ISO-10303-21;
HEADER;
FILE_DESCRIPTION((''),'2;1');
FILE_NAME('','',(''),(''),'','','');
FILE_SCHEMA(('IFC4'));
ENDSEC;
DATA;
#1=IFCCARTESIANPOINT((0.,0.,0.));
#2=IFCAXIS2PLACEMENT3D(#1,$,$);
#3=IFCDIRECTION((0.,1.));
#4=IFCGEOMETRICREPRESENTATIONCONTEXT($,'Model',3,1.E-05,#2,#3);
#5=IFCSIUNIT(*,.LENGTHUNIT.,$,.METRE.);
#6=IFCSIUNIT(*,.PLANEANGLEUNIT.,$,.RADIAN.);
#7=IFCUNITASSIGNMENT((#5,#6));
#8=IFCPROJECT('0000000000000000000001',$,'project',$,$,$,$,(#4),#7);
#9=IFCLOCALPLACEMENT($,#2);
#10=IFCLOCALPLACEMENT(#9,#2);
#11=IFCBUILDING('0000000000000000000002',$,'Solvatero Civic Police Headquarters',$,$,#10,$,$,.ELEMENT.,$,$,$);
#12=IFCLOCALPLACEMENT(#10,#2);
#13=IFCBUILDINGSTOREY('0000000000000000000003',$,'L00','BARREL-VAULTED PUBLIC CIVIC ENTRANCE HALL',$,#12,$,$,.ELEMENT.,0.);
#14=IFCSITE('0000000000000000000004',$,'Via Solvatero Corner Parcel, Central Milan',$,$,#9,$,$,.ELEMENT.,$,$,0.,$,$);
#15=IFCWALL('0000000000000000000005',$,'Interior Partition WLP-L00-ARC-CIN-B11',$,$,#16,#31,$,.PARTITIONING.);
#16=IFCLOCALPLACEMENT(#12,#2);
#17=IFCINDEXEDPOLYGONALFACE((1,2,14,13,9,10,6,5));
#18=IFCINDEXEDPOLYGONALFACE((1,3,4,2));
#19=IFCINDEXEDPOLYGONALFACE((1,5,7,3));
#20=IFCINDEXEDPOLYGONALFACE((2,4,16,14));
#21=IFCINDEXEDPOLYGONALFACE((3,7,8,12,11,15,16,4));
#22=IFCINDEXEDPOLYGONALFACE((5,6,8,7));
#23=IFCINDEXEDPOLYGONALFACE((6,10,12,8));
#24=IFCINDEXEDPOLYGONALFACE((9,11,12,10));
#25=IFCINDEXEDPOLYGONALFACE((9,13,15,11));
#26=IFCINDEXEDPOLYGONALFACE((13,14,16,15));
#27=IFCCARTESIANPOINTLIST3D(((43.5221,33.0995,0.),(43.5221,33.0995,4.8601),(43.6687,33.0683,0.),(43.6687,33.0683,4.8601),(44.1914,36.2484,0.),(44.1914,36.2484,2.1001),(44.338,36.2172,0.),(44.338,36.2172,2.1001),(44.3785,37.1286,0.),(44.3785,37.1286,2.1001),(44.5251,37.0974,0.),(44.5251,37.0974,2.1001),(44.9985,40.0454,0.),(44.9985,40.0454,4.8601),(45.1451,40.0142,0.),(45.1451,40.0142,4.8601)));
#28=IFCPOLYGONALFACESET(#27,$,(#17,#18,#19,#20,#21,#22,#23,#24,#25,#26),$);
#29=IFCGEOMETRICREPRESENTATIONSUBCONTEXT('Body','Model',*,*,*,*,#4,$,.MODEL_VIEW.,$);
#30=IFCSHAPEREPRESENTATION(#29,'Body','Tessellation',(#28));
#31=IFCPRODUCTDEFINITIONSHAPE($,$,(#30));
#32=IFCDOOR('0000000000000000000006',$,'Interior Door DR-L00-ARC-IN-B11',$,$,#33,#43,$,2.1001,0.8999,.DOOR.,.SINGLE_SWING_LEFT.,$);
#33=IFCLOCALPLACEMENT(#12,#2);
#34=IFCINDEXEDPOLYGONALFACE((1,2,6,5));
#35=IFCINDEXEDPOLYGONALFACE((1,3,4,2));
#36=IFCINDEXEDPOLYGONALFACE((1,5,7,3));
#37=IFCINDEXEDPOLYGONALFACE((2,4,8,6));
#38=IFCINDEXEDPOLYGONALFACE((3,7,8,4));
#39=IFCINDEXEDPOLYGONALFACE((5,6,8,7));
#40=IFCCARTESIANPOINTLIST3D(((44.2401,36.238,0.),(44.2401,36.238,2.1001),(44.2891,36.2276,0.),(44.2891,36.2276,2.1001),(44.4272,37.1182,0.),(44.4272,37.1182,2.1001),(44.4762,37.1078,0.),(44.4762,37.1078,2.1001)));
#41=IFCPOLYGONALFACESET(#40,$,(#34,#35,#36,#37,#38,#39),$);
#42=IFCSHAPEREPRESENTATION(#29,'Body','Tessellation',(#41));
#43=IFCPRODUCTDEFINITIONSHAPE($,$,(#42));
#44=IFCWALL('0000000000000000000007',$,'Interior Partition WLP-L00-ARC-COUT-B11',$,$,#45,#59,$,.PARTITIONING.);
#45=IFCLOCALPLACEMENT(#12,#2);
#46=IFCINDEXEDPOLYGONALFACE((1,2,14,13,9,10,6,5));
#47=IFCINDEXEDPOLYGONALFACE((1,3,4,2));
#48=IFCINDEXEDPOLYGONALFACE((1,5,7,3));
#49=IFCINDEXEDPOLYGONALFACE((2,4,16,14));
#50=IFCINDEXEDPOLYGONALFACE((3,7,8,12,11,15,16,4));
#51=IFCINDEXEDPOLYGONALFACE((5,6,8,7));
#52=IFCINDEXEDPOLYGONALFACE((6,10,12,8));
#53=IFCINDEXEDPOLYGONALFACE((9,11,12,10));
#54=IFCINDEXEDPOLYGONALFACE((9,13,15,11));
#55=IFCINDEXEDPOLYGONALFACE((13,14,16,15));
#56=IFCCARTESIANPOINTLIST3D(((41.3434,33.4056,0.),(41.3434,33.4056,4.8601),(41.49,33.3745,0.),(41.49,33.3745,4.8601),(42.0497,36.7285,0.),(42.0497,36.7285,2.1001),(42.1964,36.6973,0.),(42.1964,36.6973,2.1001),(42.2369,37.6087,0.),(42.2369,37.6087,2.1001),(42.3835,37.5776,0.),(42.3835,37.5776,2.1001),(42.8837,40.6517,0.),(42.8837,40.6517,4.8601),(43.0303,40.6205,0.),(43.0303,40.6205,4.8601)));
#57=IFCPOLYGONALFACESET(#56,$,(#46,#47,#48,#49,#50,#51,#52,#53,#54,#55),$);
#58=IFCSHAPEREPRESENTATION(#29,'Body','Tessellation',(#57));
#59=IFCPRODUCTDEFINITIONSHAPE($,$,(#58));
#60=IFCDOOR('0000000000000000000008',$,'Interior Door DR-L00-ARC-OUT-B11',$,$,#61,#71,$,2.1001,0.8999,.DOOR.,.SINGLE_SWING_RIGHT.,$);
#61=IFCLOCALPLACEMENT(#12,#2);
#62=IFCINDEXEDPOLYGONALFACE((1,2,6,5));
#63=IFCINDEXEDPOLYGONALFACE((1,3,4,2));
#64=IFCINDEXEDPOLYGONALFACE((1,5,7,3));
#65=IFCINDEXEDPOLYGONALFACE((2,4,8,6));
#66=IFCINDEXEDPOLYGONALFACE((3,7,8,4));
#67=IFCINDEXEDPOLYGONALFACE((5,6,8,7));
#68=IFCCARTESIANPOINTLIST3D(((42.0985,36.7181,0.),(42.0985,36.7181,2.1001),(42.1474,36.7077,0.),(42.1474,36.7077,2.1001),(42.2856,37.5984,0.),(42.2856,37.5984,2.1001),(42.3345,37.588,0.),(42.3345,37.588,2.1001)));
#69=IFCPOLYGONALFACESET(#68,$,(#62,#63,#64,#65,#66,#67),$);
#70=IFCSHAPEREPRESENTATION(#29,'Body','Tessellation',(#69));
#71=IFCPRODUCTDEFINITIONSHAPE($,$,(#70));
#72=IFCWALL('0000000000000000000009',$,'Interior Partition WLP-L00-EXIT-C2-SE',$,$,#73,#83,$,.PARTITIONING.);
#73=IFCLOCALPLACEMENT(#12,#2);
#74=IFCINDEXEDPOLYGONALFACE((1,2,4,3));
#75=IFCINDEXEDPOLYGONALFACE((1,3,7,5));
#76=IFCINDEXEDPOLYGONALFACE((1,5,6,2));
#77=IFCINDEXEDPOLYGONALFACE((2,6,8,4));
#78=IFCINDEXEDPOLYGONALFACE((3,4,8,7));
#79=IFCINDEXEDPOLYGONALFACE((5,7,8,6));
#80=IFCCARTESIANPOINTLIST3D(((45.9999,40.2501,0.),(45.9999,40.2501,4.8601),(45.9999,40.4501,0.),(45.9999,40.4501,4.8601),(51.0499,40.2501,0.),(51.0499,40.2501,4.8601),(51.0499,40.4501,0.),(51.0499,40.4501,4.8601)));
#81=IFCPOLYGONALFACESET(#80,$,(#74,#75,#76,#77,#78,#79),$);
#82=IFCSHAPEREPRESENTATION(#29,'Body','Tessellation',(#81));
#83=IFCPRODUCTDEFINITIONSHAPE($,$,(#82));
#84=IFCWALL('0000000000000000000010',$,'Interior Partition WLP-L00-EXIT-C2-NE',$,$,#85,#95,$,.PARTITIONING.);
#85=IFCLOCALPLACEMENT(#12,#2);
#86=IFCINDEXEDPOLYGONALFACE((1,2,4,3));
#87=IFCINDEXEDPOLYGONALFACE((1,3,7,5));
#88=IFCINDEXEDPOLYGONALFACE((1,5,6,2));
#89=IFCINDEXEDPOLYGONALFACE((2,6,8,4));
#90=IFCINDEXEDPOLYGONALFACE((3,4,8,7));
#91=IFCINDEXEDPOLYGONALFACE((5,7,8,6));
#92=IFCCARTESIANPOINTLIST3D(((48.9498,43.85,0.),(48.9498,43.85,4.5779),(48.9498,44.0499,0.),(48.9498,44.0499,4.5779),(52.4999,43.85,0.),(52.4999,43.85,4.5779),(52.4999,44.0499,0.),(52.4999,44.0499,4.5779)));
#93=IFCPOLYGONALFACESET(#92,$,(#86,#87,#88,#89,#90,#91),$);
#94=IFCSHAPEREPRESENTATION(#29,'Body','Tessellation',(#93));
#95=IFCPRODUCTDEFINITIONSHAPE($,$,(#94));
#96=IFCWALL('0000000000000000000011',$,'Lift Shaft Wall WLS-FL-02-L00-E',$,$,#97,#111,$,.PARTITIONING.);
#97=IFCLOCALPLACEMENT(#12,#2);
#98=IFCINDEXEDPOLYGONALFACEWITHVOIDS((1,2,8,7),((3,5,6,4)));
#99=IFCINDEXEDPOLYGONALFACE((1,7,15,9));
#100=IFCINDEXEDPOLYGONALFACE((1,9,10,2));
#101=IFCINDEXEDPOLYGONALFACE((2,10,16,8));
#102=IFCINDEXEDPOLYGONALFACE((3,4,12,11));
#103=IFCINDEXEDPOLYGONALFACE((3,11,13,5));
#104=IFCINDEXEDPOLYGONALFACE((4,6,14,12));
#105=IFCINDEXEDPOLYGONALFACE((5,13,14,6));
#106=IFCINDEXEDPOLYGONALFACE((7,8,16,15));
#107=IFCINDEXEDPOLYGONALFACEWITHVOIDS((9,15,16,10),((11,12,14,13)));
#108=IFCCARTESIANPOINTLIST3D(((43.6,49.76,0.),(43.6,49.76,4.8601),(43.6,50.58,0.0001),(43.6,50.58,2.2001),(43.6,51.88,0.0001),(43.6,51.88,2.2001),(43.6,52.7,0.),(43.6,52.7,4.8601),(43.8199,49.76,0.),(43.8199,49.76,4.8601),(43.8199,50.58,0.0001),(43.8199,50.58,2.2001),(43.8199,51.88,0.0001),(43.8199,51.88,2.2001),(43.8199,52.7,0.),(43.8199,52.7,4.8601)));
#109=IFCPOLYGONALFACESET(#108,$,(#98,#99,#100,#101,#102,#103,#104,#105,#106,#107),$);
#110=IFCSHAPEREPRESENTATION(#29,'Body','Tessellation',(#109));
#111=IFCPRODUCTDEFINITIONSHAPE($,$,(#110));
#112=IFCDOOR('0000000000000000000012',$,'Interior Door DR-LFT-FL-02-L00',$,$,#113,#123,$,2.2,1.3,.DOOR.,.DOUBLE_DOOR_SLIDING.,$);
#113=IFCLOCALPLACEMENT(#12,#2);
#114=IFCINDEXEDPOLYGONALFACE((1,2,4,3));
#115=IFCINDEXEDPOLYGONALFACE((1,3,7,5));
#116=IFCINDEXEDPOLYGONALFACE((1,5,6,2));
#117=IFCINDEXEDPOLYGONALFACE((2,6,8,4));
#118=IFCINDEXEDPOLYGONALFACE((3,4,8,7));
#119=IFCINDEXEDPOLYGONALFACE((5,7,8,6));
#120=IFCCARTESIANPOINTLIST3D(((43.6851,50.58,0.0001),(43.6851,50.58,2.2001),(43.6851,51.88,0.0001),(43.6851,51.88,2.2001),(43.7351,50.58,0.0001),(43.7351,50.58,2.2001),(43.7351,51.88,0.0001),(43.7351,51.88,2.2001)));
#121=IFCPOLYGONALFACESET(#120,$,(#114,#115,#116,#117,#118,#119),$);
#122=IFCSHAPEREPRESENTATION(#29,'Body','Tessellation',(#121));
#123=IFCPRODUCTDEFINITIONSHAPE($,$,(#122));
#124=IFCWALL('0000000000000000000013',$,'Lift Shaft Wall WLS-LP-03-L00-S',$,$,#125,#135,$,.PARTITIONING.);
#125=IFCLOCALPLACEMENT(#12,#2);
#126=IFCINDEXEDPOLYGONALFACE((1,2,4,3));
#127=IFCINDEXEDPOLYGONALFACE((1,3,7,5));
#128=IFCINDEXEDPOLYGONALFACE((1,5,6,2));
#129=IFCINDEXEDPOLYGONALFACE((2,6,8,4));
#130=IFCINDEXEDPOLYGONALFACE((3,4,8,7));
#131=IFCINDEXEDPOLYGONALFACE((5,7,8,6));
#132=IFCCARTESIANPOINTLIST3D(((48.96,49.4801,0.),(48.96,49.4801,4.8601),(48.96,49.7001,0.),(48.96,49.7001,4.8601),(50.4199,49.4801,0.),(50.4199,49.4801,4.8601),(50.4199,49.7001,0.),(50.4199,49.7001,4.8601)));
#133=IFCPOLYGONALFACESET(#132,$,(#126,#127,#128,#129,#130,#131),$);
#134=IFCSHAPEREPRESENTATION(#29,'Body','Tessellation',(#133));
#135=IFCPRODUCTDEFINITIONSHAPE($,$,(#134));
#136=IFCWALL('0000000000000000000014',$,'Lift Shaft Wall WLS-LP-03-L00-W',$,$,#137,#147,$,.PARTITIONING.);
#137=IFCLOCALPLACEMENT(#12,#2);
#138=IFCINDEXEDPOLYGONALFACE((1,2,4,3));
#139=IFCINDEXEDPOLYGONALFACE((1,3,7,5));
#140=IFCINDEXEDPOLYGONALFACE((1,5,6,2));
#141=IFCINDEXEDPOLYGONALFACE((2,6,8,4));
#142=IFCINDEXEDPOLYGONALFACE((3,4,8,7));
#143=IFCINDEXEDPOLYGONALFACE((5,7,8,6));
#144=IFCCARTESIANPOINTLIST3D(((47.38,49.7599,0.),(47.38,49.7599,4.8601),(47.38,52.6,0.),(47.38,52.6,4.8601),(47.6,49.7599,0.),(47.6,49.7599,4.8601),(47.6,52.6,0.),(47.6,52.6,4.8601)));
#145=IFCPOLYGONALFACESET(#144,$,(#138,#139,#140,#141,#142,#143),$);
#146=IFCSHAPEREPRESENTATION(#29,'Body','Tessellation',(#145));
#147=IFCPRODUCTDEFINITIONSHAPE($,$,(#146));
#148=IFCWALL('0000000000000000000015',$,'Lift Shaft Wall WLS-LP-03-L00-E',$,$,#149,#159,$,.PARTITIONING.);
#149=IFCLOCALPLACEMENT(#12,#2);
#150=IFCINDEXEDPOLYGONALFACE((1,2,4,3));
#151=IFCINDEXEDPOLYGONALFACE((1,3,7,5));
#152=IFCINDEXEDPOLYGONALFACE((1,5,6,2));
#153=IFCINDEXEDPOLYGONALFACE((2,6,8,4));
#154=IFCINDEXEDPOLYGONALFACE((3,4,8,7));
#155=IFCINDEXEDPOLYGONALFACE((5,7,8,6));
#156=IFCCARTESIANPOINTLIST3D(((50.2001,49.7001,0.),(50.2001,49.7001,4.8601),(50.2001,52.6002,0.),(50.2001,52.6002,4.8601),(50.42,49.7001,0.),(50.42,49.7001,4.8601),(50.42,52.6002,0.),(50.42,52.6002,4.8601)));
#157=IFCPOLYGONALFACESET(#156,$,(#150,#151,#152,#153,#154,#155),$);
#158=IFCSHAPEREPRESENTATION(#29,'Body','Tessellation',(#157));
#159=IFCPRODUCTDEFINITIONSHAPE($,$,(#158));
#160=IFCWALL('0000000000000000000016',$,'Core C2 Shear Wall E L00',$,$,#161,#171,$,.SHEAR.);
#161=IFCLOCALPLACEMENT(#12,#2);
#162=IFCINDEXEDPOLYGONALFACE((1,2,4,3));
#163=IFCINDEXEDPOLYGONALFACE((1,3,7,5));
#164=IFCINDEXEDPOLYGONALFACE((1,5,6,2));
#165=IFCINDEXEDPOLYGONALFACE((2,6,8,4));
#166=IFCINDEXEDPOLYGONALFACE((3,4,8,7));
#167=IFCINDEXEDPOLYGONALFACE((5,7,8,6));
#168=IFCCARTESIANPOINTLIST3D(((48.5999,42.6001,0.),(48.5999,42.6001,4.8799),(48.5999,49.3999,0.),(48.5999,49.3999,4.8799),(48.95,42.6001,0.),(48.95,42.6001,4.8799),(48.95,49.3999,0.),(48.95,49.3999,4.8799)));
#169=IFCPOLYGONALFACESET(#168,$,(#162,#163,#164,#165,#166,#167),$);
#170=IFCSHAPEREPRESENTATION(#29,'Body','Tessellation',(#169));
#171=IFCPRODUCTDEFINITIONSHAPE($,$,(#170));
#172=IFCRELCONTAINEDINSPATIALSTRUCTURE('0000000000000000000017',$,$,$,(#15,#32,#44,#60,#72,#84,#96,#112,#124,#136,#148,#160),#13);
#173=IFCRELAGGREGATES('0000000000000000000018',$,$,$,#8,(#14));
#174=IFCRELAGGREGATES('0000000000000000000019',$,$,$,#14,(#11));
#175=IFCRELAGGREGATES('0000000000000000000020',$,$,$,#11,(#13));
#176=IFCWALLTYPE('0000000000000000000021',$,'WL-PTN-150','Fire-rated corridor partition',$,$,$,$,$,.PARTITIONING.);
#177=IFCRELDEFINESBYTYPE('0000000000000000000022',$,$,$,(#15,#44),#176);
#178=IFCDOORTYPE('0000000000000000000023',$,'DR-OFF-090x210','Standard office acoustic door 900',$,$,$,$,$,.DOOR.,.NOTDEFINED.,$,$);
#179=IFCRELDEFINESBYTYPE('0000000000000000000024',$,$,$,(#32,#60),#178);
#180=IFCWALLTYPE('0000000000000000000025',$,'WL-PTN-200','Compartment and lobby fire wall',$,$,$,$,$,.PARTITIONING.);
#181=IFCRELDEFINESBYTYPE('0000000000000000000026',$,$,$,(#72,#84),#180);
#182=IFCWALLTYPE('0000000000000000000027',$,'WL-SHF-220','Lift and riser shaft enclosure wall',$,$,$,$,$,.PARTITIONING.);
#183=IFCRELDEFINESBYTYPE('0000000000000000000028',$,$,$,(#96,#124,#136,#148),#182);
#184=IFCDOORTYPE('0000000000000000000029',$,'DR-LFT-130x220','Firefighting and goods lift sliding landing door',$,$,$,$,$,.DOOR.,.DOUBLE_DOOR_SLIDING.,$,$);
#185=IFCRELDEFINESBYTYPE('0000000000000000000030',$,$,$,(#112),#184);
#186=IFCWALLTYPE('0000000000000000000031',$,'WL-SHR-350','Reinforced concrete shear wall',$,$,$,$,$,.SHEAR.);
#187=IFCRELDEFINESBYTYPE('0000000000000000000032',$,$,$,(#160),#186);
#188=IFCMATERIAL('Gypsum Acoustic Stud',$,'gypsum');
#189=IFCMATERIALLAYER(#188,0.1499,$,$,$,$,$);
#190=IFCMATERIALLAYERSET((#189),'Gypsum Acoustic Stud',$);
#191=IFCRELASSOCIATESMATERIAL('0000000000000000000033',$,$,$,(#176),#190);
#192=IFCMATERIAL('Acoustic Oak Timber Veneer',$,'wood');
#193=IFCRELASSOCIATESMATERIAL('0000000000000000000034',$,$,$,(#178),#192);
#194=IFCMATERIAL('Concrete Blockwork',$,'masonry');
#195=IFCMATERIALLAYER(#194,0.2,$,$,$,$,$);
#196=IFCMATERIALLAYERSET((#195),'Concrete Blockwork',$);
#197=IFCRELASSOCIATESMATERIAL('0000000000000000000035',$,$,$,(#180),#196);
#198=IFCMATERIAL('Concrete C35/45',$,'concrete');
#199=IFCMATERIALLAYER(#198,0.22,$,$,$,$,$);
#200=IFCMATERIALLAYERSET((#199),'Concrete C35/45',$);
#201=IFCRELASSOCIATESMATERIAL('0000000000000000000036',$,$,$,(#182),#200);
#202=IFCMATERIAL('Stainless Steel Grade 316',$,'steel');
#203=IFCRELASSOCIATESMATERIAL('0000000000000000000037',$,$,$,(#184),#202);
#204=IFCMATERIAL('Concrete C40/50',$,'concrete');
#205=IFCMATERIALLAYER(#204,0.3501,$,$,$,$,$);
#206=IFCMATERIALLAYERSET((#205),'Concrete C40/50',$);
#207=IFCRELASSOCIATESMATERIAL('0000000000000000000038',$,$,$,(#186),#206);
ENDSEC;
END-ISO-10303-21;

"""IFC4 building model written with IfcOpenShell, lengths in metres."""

from ifc_helpers import new_model, si_unit, direction, frame, frame_2d, origin, place, context, subcontext, project, spatial, rectangle, extrude, material, layer, layer_set, type_object, element, fill, save


model = new_model("IFC4")

# Units and contexts
model_context = context("Model", 3, precision=1e-05, world=origin(), true_north=direction((0.0, 1.0)))
body_context = subcontext(model_context, "Body", "Model", "MODEL_VIEW")
ifc_project = project(units=[si_unit("LENGTHUNIT", "METRE"), si_unit("PLANEANGLEUNIT", "RADIAN")], contexts=[model_context])

# Site, building, storey
site_placement = place(None, origin())
site = spatial("IfcSite", under=ifc_project, at=site_placement, Name="Via Solvatero Corner Parcel, Central Milan", CompositionType="ELEMENT", RefElevation=0.0)
building_placement = place(site_placement, origin())
building = spatial("IfcBuilding", under=site, at=building_placement, Name="Solvatero Civic Police Headquarters", CompositionType="ELEMENT")
storey_placement = place(building_placement, origin())
storey = spatial("IfcBuildingStorey", under=building, at=storey_placement, Name="L00", Description="BARREL-VAULTED PUBLIC CIVIC ENTRANCE HALL", CompositionType="ELEMENT", Elevation=0.0)

# Shared definitions
ifc_material_1 = material(Name="Concrete C40/50", Category="concrete")

# Walls, openings, doors
ifc_material_2 = material(Name="Gypsum Acoustic Stud", Category="gypsum")
ifc_layer_1 = layer(ifc_material_2, 0.1499)
ifc_layer_set_1 = layer_set([ifc_layer_1], Name="Gypsum Acoustic Stud")
wall_type_1 = type_object("IfcWallType", Name="WL-PTN-150", Description="Fire-rated corridor partition", PredefinedType="PARTITIONING", material=ifc_layer_set_1)
wall_1_placement = place(storey_placement, frame((45.0718, 40.0298, 0.0), z_axis=(0.0, 0.0, 1.0), x_axis=(-0.207904, -0.978149, 0.0)))
wall_1 = element("IfcWall", 1, at=wall_1_placement, inside=storey, type_object=wall_type_1, Name="Interior Partition WLP-L00-ARC-CIN-B11", PredefinedType="PARTITIONING", context=body_context, shape_type="SweptSolid", body=[
    extrude(rectangle(XDim=7.1011, YDim=0.1499, at=frame_2d((3.5505, 0.0))), origin(), (0.0, 0.0, 1.0), 4.8601),
])
opening_1_placement = place(wall_1_placement, frame((2.9819, 0.0, 0.0)))
opening_1 = element("IfcOpeningElement", 2, at=opening_1_placement, cuts=wall_1, PredefinedType="OPENING", context=body_context, shape_type="SweptSolid", body=[
    extrude(rectangle(XDim=0.8999, YDim=2.1001, at=frame_2d((0.45, 1.05))), frame((0.0, 0.085, 0.0), z_axis=(0.0, -1.0, 0.0), x_axis=(1.0, 0.0, 0.0)), (0.0, 0.0, 1.0), 0.1699),
])
ifc_material_3 = material(Name="Acoustic Oak Timber Veneer", Category="wood")
door_type_1 = type_object("IfcDoorType", Name="DR-OFF-090x210", Description="Standard office acoustic door 900", OperationType="NOTDEFINED", PredefinedType="DOOR", material=ifc_material_3)
door_1_placement = place(opening_1_placement, origin())
door_1 = element("IfcDoor", 3, at=door_1_placement, inside=storey, type_object=door_type_1, Name="Interior Door DR-L00-ARC-IN-B11", OperationType="SINGLE_SWING_LEFT", OverallHeight=2.1001, OverallWidth=0.8999, PredefinedType="DOOR", context=body_context, shape_type="SweptSolid", body=[
    extrude(rectangle(XDim=0.8999, YDim=2.1001, at=frame_2d((0.45, 1.05))), frame((0.0, 0.0249, 0.0), z_axis=(0.0, -1.0, 0.0), x_axis=(1.0, 0.0, 0.0)), (0.0, 0.0, 1.0), 0.05),
])
fill(opening_1, door_1)
wall_2_placement = place(storey_placement, frame((42.957, 40.6362, 0.0), z_axis=(0.0, 0.0, 1.0), x_axis=(-0.207922, -0.978145, 0.0)))
wall_2 = element("IfcWall", 4, at=wall_2_placement, inside=storey, type_object=wall_type_1, Name="Interior Partition WLP-L00-ARC-COUT-B11", PredefinedType="PARTITIONING", context=body_context, shape_type="SweptSolid", body=[
    extrude(rectangle(XDim=7.408, YDim=0.1499, at=frame_2d((3.7041, 0.0))), origin(), (0.0, 0.0, 1.0), 4.8601),
])
opening_2_placement = place(wall_2_placement, frame((3.1111, 0.0, 0.0)))
opening_2 = element("IfcOpeningElement", 5, at=opening_2_placement, cuts=wall_2, PredefinedType="OPENING", context=body_context, shape_type="SweptSolid", body=[
    extrude(rectangle(XDim=0.8999, YDim=2.1001, at=frame_2d((0.45, 1.05))), frame((0.0, 0.085, 0.0), z_axis=(0.0, -1.0, 0.0), x_axis=(1.0, 0.0, 0.0)), (0.0, 0.0, 1.0), 0.1699),
])
door_2_placement = place(opening_2_placement, origin())
door_2 = element("IfcDoor", 6, at=door_2_placement, inside=storey, type_object=door_type_1, Name="Interior Door DR-L00-ARC-OUT-B11", OperationType="SINGLE_SWING_RIGHT", OverallHeight=2.1001, OverallWidth=0.8999, PredefinedType="DOOR", context=body_context, shape_type="SweptSolid", body=[
    extrude(rectangle(XDim=0.8999, YDim=2.1001, at=frame_2d((0.45, 1.05))), frame((0.0, 0.0249, 0.0), z_axis=(0.0, -1.0, 0.0), x_axis=(1.0, 0.0, 0.0)), (0.0, 0.0, 1.0), 0.05),
])
fill(opening_2, door_2)

# Walls
ifc_material_4 = material(Name="Concrete Blockwork", Category="masonry")
ifc_layer_2 = layer(ifc_material_4, 0.2)
ifc_layer_set_2 = layer_set([ifc_layer_2], Name="Concrete Blockwork")
wall_type_2 = type_object("IfcWallType", Name="WL-PTN-200", Description="Compartment and lobby fire wall", PredefinedType="PARTITIONING", material=ifc_layer_set_2)
wall_3_placement = place(storey_placement, frame((46.0, 40.3501, 0.0), z_axis=(0.0, 0.0, 1.0), x_axis=(1.0, 0.0, 0.0)))
element("IfcWall", 7, at=wall_3_placement, inside=storey, type_object=wall_type_2, Name="Interior Partition WLP-L00-EXIT-C2-SE", PredefinedType="PARTITIONING", context=body_context, shape_type="SweptSolid", body=[
    extrude(rectangle(XDim=5.05, YDim=0.2, at=frame_2d((2.5249, 0.0))), origin(), (0.0, 0.0, 1.0), 4.8601),
])
wall_4_placement = place(storey_placement, frame((48.95, 43.95, 0.0), z_axis=(0.0, 0.0, 1.0), x_axis=(1.0, 0.0, 0.0)))
element("IfcWall", 8, at=wall_4_placement, inside=storey, type_object=wall_type_2, Name="Interior Partition WLP-L00-EXIT-C2-NE", PredefinedType="PARTITIONING", context=body_context, shape_type="SweptSolid", body=[
    extrude(rectangle(XDim=3.55, YDim=0.2, at=frame_2d((1.7749, 0.0))), origin(), (0.0, 0.0, 1.0), 4.5779),
])

# Wall, opening, door
ifc_material_5 = material(Name="Concrete C35/45", Category="concrete")
ifc_layer_3 = layer(ifc_material_5, 0.22)
ifc_layer_set_3 = layer_set([ifc_layer_3], Name="Concrete C35/45")
wall_type_3 = type_object("IfcWallType", Name="WL-SHF-220", Description="Lift and riser shaft enclosure wall", PredefinedType="PARTITIONING", material=ifc_layer_set_3)
wall_5_placement = place(storey_placement, frame((43.71, 49.76, 0.0), z_axis=(0.0, 0.0, 1.0), x_axis=(0.0, 1.0, 0.0)))
wall_5 = element("IfcWall", 9, at=wall_5_placement, inside=storey, type_object=wall_type_3, Name="Lift Shaft Wall WLS-FL-02-L00-E", PredefinedType="PARTITIONING", context=body_context, shape_type="SweptSolid", body=[
    extrude(rectangle(XDim=2.9399, YDim=0.22, at=frame_2d((1.47, 0.0))), origin(), (0.0, 0.0, 1.0), 4.8601),
])
opening_3_placement = place(wall_5_placement, frame((0.8201, 0.0, 0.0)))
opening_3 = element("IfcOpeningElement", 10, at=opening_3_placement, cuts=wall_5, PredefinedType="OPENING", context=body_context, shape_type="SweptSolid", body=[
    extrude(rectangle(XDim=1.3, YDim=2.2, at=frame_2d((0.6499, 1.1001))), frame((0.0, 0.1199, 0.0), z_axis=(0.0, -1.0, 0.0), x_axis=(1.0, 0.0, 0.0)), (0.0, 0.0, 1.0), 0.24),
])
ifc_material_6 = material(Name="Stainless Steel Grade 316", Category="steel")
door_type_2 = type_object("IfcDoorType", Name="DR-LFT-130x220", Description="Firefighting and goods lift sliding landing door", OperationType="DOUBLE_DOOR_SLIDING", PredefinedType="DOOR", material=ifc_material_6)
door_3_placement = place(opening_3_placement, origin())
door_3 = element("IfcDoor", 11, at=door_3_placement, inside=storey, type_object=door_type_2, Name="Interior Door DR-LFT-FL-02-L00", OperationType="DOUBLE_DOOR_SLIDING", OverallHeight=2.2, OverallWidth=1.3, PredefinedType="DOOR", context=body_context, shape_type="SweptSolid", body=[
    extrude(rectangle(XDim=1.3, YDim=2.2, at=frame_2d((0.6499, 1.1001))), frame((0.0, 0.0249, 0.0), z_axis=(0.0, -1.0, 0.0), x_axis=(1.0, 0.0, 0.0)), (0.0, 0.0, 1.0), 0.05),
])
fill(opening_3, door_3)

# Walls
wall_6_placement = place(storey_placement, frame((48.96, 49.5901, 0.0), z_axis=(0.0, 0.0, 1.0), x_axis=(1.0, 0.0, 0.0)))
element("IfcWall", 12, at=wall_6_placement, inside=storey, type_object=wall_type_3, Name="Lift Shaft Wall WLS-LP-03-L00-S", PredefinedType="PARTITIONING", context=body_context, shape_type="SweptSolid", body=[
    extrude(rectangle(XDim=1.46, YDim=0.22, at=frame_2d((0.73, 0.0))), origin(), (0.0, 0.0, 1.0), 4.8601),
])
wall_7_placement = place(storey_placement, frame((47.49, 49.76, 0.0), z_axis=(0.0, 0.0, 1.0), x_axis=(0.0, 1.0, 0.0)))
element("IfcWall", 13, at=wall_7_placement, inside=storey, type_object=wall_type_3, Name="Lift Shaft Wall WLS-LP-03-L00-W", PredefinedType="PARTITIONING", context=body_context, shape_type="SweptSolid", body=[
    extrude(rectangle(XDim=2.8401, YDim=0.22, at=frame_2d((1.4199, 0.0))), origin(), (0.0, 0.0, 1.0), 4.8601),
])
wall_8_placement = place(storey_placement, frame((50.3101, 49.7, 0.0), z_axis=(0.0, 0.0, 1.0), x_axis=(0.0, 1.0, 0.0)))
element("IfcWall", 14, at=wall_8_placement, inside=storey, type_object=wall_type_3, Name="Lift Shaft Wall WLS-LP-03-L00-E", PredefinedType="PARTITIONING", context=body_context, shape_type="SweptSolid", body=[
    extrude(rectangle(XDim=2.9001, YDim=0.22, at=frame_2d((1.4502, 0.0))), origin(), (0.0, 0.0, 1.0), 4.8601),
])
ifc_layer_4 = layer(ifc_material_1, 0.3501)
ifc_layer_set_4 = layer_set([ifc_layer_4], Name="Concrete C40/50")
wall_type_4 = type_object("IfcWallType", Name="WL-SHR-350", Description="Reinforced concrete shear wall", PredefinedType="SHEAR", material=ifc_layer_set_4)
wall_9_placement = place(storey_placement, frame((48.7749, 42.6001, 0.0), z_axis=(0.0, 0.0, 1.0), x_axis=(0.0, 1.0, 0.0)))
element("IfcWall", 15, at=wall_9_placement, inside=storey, type_object=wall_type_4, Name="Core C2 Shear Wall E L00", PredefinedType="SHEAR", context=body_context, shape_type="SweptSolid", body=[
    extrude(rectangle(XDim=6.7998, YDim=0.3501, at=frame_2d((3.3999, 0.0))), origin(), (0.0, 0.0, 1.0), 4.8799),
])

save(model, "model.ifc")
